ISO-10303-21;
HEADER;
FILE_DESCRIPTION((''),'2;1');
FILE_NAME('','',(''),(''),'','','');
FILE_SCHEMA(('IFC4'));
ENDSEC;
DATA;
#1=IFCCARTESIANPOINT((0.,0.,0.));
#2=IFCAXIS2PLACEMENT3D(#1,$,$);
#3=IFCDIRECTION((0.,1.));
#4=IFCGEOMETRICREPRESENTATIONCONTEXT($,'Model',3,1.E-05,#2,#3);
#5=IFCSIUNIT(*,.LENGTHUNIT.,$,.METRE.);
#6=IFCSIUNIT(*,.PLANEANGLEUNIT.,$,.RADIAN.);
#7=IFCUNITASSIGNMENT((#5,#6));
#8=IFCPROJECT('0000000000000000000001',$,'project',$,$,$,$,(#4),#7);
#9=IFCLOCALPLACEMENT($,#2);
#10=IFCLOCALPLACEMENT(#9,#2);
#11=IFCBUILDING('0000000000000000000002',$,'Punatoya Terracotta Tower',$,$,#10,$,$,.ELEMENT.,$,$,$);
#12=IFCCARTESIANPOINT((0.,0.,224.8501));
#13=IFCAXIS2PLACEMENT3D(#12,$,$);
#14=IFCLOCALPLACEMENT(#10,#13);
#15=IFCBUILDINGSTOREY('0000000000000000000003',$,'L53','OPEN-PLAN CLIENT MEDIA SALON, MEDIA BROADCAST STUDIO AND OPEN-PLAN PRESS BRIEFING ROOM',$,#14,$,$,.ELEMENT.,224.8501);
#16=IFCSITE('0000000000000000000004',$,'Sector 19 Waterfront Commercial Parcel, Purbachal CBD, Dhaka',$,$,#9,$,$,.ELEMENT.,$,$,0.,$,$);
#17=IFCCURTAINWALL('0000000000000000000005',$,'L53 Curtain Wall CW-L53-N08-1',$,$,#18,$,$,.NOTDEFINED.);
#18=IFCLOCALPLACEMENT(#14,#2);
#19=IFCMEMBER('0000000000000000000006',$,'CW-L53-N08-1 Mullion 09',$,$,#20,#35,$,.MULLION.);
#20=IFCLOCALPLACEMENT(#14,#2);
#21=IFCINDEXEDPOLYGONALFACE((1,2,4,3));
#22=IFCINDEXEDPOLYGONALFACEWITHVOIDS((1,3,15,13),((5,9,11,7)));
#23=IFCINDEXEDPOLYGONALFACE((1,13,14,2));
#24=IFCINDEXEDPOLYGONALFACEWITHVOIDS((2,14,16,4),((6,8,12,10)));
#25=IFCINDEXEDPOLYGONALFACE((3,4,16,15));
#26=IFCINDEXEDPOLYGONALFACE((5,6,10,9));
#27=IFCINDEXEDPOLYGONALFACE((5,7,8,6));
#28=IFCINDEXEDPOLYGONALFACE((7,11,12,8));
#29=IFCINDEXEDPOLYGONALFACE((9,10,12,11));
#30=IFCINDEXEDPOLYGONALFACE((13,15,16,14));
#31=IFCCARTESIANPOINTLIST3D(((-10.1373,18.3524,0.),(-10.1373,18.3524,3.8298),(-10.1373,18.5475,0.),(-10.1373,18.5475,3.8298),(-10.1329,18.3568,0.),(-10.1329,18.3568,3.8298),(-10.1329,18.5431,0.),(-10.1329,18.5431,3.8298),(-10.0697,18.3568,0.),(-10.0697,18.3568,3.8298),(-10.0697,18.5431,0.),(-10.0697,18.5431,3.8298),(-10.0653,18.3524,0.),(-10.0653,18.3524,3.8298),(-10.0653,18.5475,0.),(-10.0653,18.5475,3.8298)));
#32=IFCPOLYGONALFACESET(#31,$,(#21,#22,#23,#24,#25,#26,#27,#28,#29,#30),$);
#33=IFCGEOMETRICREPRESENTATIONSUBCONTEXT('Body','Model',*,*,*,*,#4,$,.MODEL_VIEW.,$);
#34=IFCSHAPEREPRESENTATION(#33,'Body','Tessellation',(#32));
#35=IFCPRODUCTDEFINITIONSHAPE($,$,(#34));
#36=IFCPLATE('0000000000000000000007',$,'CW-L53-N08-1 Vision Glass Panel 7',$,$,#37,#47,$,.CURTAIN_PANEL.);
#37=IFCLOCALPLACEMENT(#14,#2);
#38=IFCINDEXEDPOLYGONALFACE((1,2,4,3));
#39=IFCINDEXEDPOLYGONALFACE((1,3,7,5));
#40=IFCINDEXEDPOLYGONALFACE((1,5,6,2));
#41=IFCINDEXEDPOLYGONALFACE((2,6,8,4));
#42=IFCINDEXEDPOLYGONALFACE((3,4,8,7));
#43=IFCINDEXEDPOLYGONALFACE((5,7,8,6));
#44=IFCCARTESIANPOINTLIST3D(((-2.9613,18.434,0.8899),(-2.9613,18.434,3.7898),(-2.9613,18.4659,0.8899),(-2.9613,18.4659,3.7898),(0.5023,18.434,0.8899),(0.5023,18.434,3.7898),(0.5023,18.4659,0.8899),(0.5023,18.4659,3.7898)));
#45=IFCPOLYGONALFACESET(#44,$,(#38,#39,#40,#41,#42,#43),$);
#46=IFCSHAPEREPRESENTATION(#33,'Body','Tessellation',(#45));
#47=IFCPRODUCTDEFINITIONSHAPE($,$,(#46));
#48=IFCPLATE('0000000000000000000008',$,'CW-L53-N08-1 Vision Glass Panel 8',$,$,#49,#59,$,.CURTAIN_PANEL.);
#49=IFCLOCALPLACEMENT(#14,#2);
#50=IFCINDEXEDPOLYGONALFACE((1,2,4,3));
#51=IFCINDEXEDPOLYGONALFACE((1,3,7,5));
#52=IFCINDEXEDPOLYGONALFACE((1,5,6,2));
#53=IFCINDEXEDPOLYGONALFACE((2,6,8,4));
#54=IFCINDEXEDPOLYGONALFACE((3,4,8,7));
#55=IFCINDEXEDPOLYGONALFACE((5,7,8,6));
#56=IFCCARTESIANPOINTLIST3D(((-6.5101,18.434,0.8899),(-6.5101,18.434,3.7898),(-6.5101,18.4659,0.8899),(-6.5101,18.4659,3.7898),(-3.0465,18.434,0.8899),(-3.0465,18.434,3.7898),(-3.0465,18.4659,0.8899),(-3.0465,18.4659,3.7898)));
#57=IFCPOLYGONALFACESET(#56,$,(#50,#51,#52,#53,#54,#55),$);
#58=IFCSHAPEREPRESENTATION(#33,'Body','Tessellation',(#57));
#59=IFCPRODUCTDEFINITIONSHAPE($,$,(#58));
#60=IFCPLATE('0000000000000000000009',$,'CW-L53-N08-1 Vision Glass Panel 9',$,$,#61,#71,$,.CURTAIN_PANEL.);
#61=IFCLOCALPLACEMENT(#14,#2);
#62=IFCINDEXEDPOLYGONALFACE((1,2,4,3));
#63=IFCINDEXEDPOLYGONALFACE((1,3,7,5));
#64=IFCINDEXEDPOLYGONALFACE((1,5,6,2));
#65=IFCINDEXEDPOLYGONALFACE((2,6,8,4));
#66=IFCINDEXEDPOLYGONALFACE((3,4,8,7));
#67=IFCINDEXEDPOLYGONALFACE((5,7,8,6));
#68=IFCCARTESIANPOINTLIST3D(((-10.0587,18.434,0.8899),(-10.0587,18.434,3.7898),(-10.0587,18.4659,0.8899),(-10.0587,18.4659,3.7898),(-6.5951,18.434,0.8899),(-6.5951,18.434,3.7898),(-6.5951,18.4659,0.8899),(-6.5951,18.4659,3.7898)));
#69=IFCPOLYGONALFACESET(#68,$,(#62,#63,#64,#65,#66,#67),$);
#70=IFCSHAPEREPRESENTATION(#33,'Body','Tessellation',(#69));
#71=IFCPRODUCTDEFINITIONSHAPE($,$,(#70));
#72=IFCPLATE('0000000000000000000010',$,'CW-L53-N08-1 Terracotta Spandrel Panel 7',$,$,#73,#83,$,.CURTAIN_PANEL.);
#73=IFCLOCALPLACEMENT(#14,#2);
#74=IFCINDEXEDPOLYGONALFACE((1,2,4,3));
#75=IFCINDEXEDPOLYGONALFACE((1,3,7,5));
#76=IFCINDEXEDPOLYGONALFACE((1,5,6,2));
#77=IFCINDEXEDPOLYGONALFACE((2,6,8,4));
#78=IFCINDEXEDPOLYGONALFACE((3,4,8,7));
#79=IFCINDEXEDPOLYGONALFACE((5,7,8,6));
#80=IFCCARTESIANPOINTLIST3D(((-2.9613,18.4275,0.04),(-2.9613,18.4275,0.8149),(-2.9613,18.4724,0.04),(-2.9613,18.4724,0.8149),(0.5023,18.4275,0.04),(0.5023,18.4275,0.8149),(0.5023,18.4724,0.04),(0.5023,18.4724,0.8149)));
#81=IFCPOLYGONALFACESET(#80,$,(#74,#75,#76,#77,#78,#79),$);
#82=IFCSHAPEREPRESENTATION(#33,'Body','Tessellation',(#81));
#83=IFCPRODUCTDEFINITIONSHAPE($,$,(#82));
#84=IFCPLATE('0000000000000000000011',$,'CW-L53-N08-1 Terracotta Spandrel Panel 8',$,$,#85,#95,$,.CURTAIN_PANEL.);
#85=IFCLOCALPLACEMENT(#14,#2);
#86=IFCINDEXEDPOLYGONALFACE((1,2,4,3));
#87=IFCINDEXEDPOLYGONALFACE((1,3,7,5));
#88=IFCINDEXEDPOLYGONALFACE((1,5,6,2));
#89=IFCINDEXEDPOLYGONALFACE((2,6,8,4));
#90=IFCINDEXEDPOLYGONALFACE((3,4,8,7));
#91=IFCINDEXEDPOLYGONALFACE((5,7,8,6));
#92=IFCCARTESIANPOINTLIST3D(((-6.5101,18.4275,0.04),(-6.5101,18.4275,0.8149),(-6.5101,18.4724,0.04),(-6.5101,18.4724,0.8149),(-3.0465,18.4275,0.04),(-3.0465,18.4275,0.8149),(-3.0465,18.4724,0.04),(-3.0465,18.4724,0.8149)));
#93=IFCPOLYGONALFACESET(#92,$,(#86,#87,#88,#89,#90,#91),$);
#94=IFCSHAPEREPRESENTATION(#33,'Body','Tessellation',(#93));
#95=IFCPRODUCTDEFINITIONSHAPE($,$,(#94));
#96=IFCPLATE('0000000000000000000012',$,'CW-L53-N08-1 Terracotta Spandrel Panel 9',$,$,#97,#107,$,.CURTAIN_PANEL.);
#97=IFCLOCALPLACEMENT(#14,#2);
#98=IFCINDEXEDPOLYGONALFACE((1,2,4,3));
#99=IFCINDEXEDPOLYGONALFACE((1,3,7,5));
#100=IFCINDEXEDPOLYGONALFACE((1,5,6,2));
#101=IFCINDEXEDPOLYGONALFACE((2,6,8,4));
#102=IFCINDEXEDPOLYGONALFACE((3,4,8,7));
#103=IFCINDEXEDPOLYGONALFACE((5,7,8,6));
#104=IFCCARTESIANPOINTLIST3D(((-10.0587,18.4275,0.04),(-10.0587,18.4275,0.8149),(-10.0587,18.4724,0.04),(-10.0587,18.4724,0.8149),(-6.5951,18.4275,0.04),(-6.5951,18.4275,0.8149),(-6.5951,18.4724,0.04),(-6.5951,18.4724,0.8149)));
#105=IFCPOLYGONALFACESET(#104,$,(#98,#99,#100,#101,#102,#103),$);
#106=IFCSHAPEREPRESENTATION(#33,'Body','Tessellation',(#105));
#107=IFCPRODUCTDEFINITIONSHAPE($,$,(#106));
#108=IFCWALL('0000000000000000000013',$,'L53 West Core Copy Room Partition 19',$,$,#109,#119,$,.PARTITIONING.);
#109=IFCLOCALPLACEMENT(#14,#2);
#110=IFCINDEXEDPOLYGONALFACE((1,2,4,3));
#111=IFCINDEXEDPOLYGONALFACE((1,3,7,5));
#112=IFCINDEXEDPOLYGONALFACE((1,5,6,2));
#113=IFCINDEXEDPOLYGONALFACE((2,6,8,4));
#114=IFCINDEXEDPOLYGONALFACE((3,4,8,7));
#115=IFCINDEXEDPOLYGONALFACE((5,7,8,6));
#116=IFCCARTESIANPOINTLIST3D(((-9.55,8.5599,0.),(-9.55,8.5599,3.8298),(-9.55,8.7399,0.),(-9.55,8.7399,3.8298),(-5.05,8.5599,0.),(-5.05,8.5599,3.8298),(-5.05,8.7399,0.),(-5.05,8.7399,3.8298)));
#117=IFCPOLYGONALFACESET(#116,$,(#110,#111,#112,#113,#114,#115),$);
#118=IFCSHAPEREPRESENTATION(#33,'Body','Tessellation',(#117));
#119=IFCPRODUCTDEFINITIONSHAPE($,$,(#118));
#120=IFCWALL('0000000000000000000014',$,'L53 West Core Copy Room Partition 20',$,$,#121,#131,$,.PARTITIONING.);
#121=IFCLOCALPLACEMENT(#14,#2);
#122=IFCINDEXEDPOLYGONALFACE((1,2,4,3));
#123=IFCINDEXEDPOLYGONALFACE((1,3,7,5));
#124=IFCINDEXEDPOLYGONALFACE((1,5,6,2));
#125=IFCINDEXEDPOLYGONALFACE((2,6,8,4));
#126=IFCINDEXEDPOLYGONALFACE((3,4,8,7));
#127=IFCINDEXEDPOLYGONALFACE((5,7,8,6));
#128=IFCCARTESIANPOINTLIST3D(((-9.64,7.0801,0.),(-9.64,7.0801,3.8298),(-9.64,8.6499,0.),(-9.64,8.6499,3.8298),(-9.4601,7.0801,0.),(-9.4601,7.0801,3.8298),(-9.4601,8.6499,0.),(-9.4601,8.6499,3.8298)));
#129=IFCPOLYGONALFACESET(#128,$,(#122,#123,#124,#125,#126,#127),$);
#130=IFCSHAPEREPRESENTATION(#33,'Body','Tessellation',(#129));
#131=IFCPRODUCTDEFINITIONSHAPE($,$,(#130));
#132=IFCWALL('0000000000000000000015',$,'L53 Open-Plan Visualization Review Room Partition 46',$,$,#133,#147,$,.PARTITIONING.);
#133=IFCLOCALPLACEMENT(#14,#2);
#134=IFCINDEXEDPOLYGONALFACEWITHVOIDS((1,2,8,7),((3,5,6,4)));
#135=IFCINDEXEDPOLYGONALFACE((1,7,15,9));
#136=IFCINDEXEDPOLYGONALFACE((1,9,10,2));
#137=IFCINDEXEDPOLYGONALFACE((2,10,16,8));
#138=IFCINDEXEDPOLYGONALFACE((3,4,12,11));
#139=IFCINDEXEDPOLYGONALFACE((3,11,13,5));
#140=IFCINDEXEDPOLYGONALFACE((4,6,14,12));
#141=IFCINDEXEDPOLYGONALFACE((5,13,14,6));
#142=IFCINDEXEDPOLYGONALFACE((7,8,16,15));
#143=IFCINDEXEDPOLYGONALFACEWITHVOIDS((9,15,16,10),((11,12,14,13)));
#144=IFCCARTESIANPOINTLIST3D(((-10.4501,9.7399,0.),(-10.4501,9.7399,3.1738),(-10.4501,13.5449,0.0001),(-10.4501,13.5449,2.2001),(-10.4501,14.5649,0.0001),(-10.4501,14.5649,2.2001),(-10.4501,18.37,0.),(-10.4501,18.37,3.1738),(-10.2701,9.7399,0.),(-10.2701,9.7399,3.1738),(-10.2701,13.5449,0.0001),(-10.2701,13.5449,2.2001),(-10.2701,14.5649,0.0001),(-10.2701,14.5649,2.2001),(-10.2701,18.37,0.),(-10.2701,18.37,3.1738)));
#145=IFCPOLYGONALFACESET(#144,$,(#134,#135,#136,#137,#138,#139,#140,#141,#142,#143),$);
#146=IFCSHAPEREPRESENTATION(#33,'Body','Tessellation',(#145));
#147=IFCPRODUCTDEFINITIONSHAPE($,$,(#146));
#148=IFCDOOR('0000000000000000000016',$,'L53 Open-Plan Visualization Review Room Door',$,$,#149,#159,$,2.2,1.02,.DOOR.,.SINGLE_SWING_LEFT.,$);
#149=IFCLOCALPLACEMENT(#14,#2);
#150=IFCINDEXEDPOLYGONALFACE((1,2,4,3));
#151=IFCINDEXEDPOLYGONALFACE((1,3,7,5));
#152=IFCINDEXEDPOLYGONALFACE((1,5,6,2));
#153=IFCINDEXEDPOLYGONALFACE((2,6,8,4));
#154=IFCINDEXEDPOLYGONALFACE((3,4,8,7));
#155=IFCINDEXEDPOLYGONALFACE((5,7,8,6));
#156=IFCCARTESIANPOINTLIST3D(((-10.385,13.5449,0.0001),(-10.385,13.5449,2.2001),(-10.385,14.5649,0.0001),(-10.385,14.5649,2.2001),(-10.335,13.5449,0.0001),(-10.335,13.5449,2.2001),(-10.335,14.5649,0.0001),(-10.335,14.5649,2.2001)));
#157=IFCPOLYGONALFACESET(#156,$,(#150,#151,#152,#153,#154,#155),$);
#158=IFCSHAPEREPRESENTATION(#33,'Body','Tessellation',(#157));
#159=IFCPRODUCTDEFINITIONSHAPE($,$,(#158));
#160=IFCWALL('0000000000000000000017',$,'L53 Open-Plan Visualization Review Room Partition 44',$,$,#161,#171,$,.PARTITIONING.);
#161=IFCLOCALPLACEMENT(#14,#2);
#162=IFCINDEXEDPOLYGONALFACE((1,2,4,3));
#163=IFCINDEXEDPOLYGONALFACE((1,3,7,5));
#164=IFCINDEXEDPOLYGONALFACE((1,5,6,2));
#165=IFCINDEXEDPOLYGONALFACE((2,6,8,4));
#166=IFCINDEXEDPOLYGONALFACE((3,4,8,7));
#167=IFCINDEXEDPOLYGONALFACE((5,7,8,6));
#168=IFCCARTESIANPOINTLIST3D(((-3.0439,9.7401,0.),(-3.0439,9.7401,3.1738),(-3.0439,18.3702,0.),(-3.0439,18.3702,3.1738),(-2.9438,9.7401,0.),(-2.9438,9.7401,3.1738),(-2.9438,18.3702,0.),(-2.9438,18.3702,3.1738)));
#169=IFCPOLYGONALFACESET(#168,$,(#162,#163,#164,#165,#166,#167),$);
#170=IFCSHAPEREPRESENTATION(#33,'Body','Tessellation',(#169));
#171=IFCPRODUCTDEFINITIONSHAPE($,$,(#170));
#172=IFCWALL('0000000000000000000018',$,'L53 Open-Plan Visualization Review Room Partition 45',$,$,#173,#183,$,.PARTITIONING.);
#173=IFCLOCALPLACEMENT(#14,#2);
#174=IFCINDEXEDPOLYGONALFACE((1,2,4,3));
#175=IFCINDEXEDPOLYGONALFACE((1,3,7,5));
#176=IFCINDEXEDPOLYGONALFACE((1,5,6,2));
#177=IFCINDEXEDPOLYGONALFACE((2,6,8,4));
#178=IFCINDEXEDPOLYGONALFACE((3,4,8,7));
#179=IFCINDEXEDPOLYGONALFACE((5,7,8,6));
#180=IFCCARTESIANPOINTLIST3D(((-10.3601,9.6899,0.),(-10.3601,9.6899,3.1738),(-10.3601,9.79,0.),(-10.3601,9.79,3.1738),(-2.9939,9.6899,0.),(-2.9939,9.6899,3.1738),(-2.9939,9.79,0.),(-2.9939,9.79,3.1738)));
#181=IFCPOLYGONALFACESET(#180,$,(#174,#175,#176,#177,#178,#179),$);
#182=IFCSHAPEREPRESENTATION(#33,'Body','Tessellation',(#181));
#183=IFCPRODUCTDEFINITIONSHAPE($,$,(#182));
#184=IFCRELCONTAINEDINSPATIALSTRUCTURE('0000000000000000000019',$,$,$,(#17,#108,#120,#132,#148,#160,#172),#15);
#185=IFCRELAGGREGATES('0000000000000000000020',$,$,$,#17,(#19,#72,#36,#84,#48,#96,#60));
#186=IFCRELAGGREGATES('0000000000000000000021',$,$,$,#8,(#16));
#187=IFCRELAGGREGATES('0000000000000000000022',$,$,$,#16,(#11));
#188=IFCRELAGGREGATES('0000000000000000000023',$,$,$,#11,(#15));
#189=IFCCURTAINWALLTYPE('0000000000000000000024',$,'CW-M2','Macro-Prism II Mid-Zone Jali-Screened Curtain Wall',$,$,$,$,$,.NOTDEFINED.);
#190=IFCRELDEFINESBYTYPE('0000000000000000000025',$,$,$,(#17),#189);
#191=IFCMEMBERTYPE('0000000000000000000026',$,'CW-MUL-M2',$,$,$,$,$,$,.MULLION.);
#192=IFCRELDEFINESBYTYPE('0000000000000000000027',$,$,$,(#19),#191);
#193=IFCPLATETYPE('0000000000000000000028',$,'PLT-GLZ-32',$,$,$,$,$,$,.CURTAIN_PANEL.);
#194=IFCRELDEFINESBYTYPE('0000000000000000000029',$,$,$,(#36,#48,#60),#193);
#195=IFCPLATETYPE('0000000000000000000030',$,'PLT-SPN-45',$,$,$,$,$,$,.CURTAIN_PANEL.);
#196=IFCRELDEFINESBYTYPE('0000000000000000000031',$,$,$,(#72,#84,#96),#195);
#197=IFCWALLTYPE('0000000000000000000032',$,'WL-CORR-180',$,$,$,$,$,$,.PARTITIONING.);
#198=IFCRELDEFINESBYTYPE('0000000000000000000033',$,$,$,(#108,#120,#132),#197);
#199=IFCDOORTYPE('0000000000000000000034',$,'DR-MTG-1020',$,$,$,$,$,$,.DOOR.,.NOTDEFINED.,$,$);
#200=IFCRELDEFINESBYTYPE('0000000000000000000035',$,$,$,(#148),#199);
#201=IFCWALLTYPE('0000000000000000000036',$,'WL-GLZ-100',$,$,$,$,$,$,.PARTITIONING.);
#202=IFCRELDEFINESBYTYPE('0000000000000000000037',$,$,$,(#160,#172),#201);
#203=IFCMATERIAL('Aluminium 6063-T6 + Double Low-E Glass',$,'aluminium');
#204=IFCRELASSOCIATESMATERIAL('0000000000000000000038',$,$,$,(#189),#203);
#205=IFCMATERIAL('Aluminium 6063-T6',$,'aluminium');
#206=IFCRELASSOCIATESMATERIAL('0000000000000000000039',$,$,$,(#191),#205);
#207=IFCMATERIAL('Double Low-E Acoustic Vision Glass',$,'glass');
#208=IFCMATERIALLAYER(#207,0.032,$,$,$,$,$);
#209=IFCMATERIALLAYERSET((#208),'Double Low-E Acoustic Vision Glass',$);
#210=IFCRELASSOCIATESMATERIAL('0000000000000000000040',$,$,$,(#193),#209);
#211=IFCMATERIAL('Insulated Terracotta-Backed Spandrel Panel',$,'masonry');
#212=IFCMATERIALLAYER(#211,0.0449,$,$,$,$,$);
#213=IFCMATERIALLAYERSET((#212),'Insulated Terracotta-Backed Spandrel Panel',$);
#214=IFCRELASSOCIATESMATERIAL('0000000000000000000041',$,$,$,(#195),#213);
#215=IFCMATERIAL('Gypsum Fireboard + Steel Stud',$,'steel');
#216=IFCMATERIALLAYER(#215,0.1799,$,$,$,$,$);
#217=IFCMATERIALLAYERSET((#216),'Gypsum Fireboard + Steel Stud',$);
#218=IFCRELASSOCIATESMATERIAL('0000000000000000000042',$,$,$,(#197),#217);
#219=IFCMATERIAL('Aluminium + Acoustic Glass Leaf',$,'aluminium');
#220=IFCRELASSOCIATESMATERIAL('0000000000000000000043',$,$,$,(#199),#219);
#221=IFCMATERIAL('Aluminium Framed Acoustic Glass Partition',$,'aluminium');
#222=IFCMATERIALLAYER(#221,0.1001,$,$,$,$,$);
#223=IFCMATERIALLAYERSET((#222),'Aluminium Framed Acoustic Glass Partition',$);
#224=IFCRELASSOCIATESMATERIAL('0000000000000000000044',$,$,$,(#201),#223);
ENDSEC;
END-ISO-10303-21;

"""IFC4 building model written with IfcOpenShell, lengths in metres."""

from ifc_helpers import new_model, si_unit, direction, frame, frame_2d, origin, origin_2d, place, context, subcontext, project, spatial, rectangle, hollow_rectangle, extrude, material, layer, layer_set, material_profile, profile_set, type_object, element, fill, aggregate, save


model = new_model("IFC4")

# Units and contexts
model_context = context("Model", 3, precision=1e-05, world=origin(), true_north=direction((0.0, 1.0)))
body_context = subcontext(model_context, "Body", "Model", "MODEL_VIEW")
ifc_project = project(units=[si_unit("LENGTHUNIT", "METRE"), si_unit("PLANEANGLEUNIT", "RADIAN")], contexts=[model_context])

# Site, building, storey
site_placement = place(None, origin())
site = spatial("IfcSite", under=ifc_project, at=site_placement, Name="Sector 19 Waterfront Commercial Parcel, Purbachal CBD, Dhaka", CompositionType="ELEMENT", RefElevation=0.0)
building_placement = place(site_placement, origin())
building = spatial("IfcBuilding", under=site, at=building_placement, Name="Punatoya Terracotta Tower", CompositionType="ELEMENT")
storey_placement = place(building_placement, frame((0.0, 0.0, 224.8501)))
storey = spatial("IfcBuildingStorey", under=building, at=storey_placement, Name="L53", Description="OPEN-PLAN CLIENT MEDIA SALON, MEDIA BROADCAST STUDIO AND OPEN-PLAN PRESS BRIEFING ROOM", CompositionType="ELEMENT", Elevation=224.8501)

# Curtain wall, member, plates
ifc_material_1 = material(Name="Aluminium 6063-T6 + Double Low-E Glass", Category="aluminium")
curtain_wall_type = type_object("IfcCurtainWallType", Name="CW-M2", Description="Macro-Prism II Mid-Zone Jali-Screened Curtain Wall", PredefinedType="NOTDEFINED", material=ifc_material_1)
curtain_wall_placement = place(storey_placement, origin())
curtain_wall = element("IfcCurtainWall", 1, at=curtain_wall_placement, inside=storey, type_object=curtain_wall_type, Name="L53 Curtain Wall CW-L53-N08-1", PredefinedType="NOTDEFINED")
ifc_material_2 = material(Name="Aluminium 6063-T6", Category="aluminium")
ifc_material_profile_1 = material_profile(ifc_material_2, hollow_rectangle(XDim=0.072, YDim=0.1951, WallThickness=0.0044, at=origin_2d()))
ifc_profile_set_1 = profile_set([ifc_material_profile_1], Name="Aluminium 6063-T6")
member_type = type_object("IfcMemberType", Name="CW-MUL-M2", PredefinedType="MULLION", material=ifc_profile_set_1)
member_1_placement = place(storey_placement, frame((-10.1013, 18.45, 0.0), z_axis=(0.0, 0.0, 1.0), x_axis=(1.0, 0.0, 0.0)))
member_1 = element("IfcMember", 2, at=member_1_placement, type_object=member_type, Name="CW-L53-N08-1 Mullion 09", PredefinedType="MULLION", context=body_context, shape_type="SweptSolid", body=[
    extrude(hollow_rectangle(XDim=0.072, YDim=0.1951, WallThickness=0.0044, at=origin_2d()), origin(), (0.0, 0.0, 1.0), 3.8298),
])
ifc_material_3 = material(Name="Double Low-E Acoustic Vision Glass", Category="glass")
ifc_layer_1 = layer(ifc_material_3, 0.032)
ifc_layer_set_1 = layer_set([ifc_layer_1], Name="Double Low-E Acoustic Vision Glass")
plate_type_1 = type_object("IfcPlateType", Name="PLT-GLZ-32", PredefinedType="CURTAIN_PANEL", material=ifc_layer_set_1)
plate_1_placement = place(storey_placement, frame((-1.2295, 18.45, 0.8899), z_axis=(0.0, 0.0, 1.0), x_axis=(-1.0, 0.0, 0.0)))
plate_1 = element("IfcPlate", 3, at=plate_1_placement, type_object=plate_type_1, Name="CW-L53-N08-1 Vision Glass Panel 7", PredefinedType="CURTAIN_PANEL", context=body_context, shape_type="SweptSolid", body=[
    extrude(rectangle(XDim=3.4636, YDim=0.032, at=origin_2d()), origin(), (0.0, 0.0, 1.0), 2.8999),
])
plate_2_placement = place(storey_placement, frame((-4.7783, 18.45, 0.8899), z_axis=(0.0, 0.0, 1.0), x_axis=(-1.0, 0.0, 0.0)))
plate_2 = element("IfcPlate", 4, at=plate_2_placement, type_object=plate_type_1, Name="CW-L53-N08-1 Vision Glass Panel 8", PredefinedType="CURTAIN_PANEL", context=body_context, shape_type="SweptSolid", body=[
    extrude(rectangle(XDim=3.4636, YDim=0.032, at=origin_2d()), origin(), (0.0, 0.0, 1.0), 2.8999),
])
plate_3_placement = place(storey_placement, frame((-8.3269, 18.45, 0.8899), z_axis=(0.0, 0.0, 1.0), x_axis=(-1.0, 0.0, 0.0)))
plate_3 = element("IfcPlate", 5, at=plate_3_placement, type_object=plate_type_1, Name="CW-L53-N08-1 Vision Glass Panel 9", PredefinedType="CURTAIN_PANEL", context=body_context, shape_type="SweptSolid", body=[
    extrude(rectangle(XDim=3.4636, YDim=0.032, at=origin_2d()), origin(), (0.0, 0.0, 1.0), 2.8999),
])
ifc_material_4 = material(Name="Insulated Terracotta-Backed Spandrel Panel", Category="masonry")
ifc_layer_2 = layer(ifc_material_4, 0.0449)
ifc_layer_set_2 = layer_set([ifc_layer_2], Name="Insulated Terracotta-Backed Spandrel Panel")
plate_type_2 = type_object("IfcPlateType", Name="PLT-SPN-45", PredefinedType="CURTAIN_PANEL", material=ifc_layer_set_2)
plate_4_placement = place(storey_placement, frame((-1.2295, 18.45, 0.04), z_axis=(0.0, 0.0, 1.0), x_axis=(-1.0, 0.0, 0.0)))
plate_4 = element("IfcPlate", 6, at=plate_4_placement, type_object=plate_type_2, Name="CW-L53-N08-1 Terracotta Spandrel Panel 7", PredefinedType="CURTAIN_PANEL", context=body_context, shape_type="SweptSolid", body=[
    extrude(rectangle(XDim=3.4636, YDim=0.0449, at=origin_2d()), origin(), (0.0, 0.0, 1.0), 0.7749),
])
plate_5_placement = place(storey_placement, frame((-4.7783, 18.45, 0.04), z_axis=(0.0, 0.0, 1.0), x_axis=(-1.0, 0.0, 0.0)))
plate_5 = element("IfcPlate", 7, at=plate_5_placement, type_object=plate_type_2, Name="CW-L53-N08-1 Terracotta Spandrel Panel 8", PredefinedType="CURTAIN_PANEL", context=body_context, shape_type="SweptSolid", body=[
    extrude(rectangle(XDim=3.4636, YDim=0.0449, at=origin_2d()), origin(), (0.0, 0.0, 1.0), 0.7749),
])
plate_6_placement = place(storey_placement, frame((-8.3269, 18.45, 0.04), z_axis=(0.0, 0.0, 1.0), x_axis=(-1.0, 0.0, 0.0)))
plate_6 = element("IfcPlate", 8, at=plate_6_placement, type_object=plate_type_2, Name="CW-L53-N08-1 Terracotta Spandrel Panel 9", PredefinedType="CURTAIN_PANEL", context=body_context, shape_type="SweptSolid", body=[
    extrude(rectangle(XDim=3.4636, YDim=0.0449, at=origin_2d()), origin(), (0.0, 0.0, 1.0), 0.7749),
])
aggregate(curtain_wall, [member_1, plate_4, plate_1, plate_5, plate_2, plate_6, plate_3])

# Walls
ifc_material_5 = material(Name="Gypsum Fireboard + Steel Stud", Category="steel")
ifc_layer_3 = layer(ifc_material_5, 0.1799)
ifc_layer_set_3 = layer_set([ifc_layer_3], Name="Gypsum Fireboard + Steel Stud")
wall_type_1 = type_object("IfcWallType", Name="WL-CORR-180", PredefinedType="PARTITIONING", material=ifc_layer_set_3)
wall_1_placement = place(storey_placement, frame((-5.05, 8.6499, 0.0), z_axis=(0.0, 0.0, 1.0), x_axis=(-1.0, 0.0, 0.0)))
element("IfcWall", 9, at=wall_1_placement, inside=storey, type_object=wall_type_1, Name="L53 West Core Copy Room Partition 19", PredefinedType="PARTITIONING", context=body_context, shape_type="SweptSolid", body=[
    extrude(rectangle(XDim=4.5, YDim=0.1799, at=frame_2d((2.25, 0.0))), origin(), (0.0, 0.0, 1.0), 3.8298),
])
wall_2_placement = place(storey_placement, frame((-9.55, 8.6499, 0.0), z_axis=(0.0, 0.0, 1.0), x_axis=(0.0, -1.0, 0.0)))
element("IfcWall", 10, at=wall_2_placement, inside=storey, type_object=wall_type_1, Name="L53 West Core Copy Room Partition 20", PredefinedType="PARTITIONING", context=body_context, shape_type="SweptSolid", body=[
    extrude(rectangle(XDim=1.5698, YDim=0.1799, at=frame_2d((0.7849, 0.0))), origin(), (0.0, 0.0, 1.0), 3.8298),
])

# Wall, opening, door
wall_3_placement = place(storey_placement, frame((-10.3601, 9.74, 0.0), z_axis=(0.0, 0.0, 1.0), x_axis=(0.0, 1.0, 0.0)))
wall_3 = element("IfcWall", 11, at=wall_3_placement, inside=storey, type_object=wall_type_1, Name="L53 Open-Plan Visualization Review Room Partition 46", PredefinedType="PARTITIONING", context=body_context, shape_type="SweptSolid", body=[
    extrude(rectangle(XDim=8.6301, YDim=0.1799, at=frame_2d((4.3149, 0.0))), origin(), (0.0, 0.0, 1.0), 3.1738),
])
opening_1_placement = place(wall_3_placement, frame((3.8049, 0.0, 0.0)))
opening_1 = element("IfcOpeningElement", 12, at=opening_1_placement, cuts=wall_3, PredefinedType="OPENING", context=body_context, shape_type="SweptSolid", body=[
    extrude(rectangle(XDim=1.02, YDim=2.2, at=frame_2d((0.51, 1.1001))), frame((0.0, 0.0999, 0.0), z_axis=(0.0, -1.0, 0.0), x_axis=(1.0, 0.0, 0.0)), (0.0, 0.0, 1.0), 0.2),
])
ifc_material_6 = material(Name="Aluminium + Acoustic Glass Leaf", Category="aluminium")
door_type_1 = type_object("IfcDoorType", Name="DR-MTG-1020", OperationType="NOTDEFINED", PredefinedType="DOOR", material=ifc_material_6)
door_1_placement = place(opening_1_placement, origin())
door_1 = element("IfcDoor", 13, at=door_1_placement, inside=storey, type_object=door_type_1, Name="L53 Open-Plan Visualization Review Room Door", OperationType="SINGLE_SWING_LEFT", OverallHeight=2.2, OverallWidth=1.02, PredefinedType="DOOR", context=body_context, shape_type="SweptSolid", body=[
    extrude(rectangle(XDim=1.02, YDim=2.2, at=frame_2d((0.51, 1.1001))), frame((0.0, 0.0249, 0.0), z_axis=(0.0, -1.0, 0.0), x_axis=(1.0, 0.0, 0.0)), (0.0, 0.0, 1.0), 0.05),
])
fill(opening_1, door_1)

# Walls
ifc_material_7 = material(Name="Aluminium Framed Acoustic Glass Partition", Category="aluminium")
ifc_layer_4 = layer(ifc_material_7, 0.1001)
ifc_layer_set_4 = layer_set([ifc_layer_4], Name="Aluminium Framed Acoustic Glass Partition")
wall_type_2 = type_object("IfcWallType", Name="WL-GLZ-100", PredefinedType="PARTITIONING", material=ifc_layer_set_4)
wall_4_placement = place(storey_placement, frame((-2.9939, 18.3701, 0.0), z_axis=(0.0, 0.0, 1.0), x_axis=(0.0, -1.0, 0.0)))
element("IfcWall", 14, at=wall_4_placement, inside=storey, type_object=wall_type_2, Name="L53 Open-Plan Visualization Review Room Partition 44", PredefinedType="PARTITIONING", context=body_context, shape_type="SweptSolid", body=[
    extrude(rectangle(XDim=8.6301, YDim=0.1001, at=frame_2d((4.3149, 0.0))), origin(), (0.0, 0.0, 1.0), 3.1738),
])
wall_5_placement = place(storey_placement, frame((-2.9939, 9.74, 0.0), z_axis=(0.0, 0.0, 1.0), x_axis=(-1.0, 0.0, 0.0)))
element("IfcWall", 15, at=wall_5_placement, inside=storey, type_object=wall_type_2, Name="L53 Open-Plan Visualization Review Room Partition 45", PredefinedType="PARTITIONING", context=body_context, shape_type="SweptSolid", body=[
    extrude(rectangle(XDim=7.3662, YDim=0.1001, at=frame_2d((3.6831, 0.0))), origin(), (0.0, 0.0, 1.0), 3.1738),
])

save(model, "model.ifc")
